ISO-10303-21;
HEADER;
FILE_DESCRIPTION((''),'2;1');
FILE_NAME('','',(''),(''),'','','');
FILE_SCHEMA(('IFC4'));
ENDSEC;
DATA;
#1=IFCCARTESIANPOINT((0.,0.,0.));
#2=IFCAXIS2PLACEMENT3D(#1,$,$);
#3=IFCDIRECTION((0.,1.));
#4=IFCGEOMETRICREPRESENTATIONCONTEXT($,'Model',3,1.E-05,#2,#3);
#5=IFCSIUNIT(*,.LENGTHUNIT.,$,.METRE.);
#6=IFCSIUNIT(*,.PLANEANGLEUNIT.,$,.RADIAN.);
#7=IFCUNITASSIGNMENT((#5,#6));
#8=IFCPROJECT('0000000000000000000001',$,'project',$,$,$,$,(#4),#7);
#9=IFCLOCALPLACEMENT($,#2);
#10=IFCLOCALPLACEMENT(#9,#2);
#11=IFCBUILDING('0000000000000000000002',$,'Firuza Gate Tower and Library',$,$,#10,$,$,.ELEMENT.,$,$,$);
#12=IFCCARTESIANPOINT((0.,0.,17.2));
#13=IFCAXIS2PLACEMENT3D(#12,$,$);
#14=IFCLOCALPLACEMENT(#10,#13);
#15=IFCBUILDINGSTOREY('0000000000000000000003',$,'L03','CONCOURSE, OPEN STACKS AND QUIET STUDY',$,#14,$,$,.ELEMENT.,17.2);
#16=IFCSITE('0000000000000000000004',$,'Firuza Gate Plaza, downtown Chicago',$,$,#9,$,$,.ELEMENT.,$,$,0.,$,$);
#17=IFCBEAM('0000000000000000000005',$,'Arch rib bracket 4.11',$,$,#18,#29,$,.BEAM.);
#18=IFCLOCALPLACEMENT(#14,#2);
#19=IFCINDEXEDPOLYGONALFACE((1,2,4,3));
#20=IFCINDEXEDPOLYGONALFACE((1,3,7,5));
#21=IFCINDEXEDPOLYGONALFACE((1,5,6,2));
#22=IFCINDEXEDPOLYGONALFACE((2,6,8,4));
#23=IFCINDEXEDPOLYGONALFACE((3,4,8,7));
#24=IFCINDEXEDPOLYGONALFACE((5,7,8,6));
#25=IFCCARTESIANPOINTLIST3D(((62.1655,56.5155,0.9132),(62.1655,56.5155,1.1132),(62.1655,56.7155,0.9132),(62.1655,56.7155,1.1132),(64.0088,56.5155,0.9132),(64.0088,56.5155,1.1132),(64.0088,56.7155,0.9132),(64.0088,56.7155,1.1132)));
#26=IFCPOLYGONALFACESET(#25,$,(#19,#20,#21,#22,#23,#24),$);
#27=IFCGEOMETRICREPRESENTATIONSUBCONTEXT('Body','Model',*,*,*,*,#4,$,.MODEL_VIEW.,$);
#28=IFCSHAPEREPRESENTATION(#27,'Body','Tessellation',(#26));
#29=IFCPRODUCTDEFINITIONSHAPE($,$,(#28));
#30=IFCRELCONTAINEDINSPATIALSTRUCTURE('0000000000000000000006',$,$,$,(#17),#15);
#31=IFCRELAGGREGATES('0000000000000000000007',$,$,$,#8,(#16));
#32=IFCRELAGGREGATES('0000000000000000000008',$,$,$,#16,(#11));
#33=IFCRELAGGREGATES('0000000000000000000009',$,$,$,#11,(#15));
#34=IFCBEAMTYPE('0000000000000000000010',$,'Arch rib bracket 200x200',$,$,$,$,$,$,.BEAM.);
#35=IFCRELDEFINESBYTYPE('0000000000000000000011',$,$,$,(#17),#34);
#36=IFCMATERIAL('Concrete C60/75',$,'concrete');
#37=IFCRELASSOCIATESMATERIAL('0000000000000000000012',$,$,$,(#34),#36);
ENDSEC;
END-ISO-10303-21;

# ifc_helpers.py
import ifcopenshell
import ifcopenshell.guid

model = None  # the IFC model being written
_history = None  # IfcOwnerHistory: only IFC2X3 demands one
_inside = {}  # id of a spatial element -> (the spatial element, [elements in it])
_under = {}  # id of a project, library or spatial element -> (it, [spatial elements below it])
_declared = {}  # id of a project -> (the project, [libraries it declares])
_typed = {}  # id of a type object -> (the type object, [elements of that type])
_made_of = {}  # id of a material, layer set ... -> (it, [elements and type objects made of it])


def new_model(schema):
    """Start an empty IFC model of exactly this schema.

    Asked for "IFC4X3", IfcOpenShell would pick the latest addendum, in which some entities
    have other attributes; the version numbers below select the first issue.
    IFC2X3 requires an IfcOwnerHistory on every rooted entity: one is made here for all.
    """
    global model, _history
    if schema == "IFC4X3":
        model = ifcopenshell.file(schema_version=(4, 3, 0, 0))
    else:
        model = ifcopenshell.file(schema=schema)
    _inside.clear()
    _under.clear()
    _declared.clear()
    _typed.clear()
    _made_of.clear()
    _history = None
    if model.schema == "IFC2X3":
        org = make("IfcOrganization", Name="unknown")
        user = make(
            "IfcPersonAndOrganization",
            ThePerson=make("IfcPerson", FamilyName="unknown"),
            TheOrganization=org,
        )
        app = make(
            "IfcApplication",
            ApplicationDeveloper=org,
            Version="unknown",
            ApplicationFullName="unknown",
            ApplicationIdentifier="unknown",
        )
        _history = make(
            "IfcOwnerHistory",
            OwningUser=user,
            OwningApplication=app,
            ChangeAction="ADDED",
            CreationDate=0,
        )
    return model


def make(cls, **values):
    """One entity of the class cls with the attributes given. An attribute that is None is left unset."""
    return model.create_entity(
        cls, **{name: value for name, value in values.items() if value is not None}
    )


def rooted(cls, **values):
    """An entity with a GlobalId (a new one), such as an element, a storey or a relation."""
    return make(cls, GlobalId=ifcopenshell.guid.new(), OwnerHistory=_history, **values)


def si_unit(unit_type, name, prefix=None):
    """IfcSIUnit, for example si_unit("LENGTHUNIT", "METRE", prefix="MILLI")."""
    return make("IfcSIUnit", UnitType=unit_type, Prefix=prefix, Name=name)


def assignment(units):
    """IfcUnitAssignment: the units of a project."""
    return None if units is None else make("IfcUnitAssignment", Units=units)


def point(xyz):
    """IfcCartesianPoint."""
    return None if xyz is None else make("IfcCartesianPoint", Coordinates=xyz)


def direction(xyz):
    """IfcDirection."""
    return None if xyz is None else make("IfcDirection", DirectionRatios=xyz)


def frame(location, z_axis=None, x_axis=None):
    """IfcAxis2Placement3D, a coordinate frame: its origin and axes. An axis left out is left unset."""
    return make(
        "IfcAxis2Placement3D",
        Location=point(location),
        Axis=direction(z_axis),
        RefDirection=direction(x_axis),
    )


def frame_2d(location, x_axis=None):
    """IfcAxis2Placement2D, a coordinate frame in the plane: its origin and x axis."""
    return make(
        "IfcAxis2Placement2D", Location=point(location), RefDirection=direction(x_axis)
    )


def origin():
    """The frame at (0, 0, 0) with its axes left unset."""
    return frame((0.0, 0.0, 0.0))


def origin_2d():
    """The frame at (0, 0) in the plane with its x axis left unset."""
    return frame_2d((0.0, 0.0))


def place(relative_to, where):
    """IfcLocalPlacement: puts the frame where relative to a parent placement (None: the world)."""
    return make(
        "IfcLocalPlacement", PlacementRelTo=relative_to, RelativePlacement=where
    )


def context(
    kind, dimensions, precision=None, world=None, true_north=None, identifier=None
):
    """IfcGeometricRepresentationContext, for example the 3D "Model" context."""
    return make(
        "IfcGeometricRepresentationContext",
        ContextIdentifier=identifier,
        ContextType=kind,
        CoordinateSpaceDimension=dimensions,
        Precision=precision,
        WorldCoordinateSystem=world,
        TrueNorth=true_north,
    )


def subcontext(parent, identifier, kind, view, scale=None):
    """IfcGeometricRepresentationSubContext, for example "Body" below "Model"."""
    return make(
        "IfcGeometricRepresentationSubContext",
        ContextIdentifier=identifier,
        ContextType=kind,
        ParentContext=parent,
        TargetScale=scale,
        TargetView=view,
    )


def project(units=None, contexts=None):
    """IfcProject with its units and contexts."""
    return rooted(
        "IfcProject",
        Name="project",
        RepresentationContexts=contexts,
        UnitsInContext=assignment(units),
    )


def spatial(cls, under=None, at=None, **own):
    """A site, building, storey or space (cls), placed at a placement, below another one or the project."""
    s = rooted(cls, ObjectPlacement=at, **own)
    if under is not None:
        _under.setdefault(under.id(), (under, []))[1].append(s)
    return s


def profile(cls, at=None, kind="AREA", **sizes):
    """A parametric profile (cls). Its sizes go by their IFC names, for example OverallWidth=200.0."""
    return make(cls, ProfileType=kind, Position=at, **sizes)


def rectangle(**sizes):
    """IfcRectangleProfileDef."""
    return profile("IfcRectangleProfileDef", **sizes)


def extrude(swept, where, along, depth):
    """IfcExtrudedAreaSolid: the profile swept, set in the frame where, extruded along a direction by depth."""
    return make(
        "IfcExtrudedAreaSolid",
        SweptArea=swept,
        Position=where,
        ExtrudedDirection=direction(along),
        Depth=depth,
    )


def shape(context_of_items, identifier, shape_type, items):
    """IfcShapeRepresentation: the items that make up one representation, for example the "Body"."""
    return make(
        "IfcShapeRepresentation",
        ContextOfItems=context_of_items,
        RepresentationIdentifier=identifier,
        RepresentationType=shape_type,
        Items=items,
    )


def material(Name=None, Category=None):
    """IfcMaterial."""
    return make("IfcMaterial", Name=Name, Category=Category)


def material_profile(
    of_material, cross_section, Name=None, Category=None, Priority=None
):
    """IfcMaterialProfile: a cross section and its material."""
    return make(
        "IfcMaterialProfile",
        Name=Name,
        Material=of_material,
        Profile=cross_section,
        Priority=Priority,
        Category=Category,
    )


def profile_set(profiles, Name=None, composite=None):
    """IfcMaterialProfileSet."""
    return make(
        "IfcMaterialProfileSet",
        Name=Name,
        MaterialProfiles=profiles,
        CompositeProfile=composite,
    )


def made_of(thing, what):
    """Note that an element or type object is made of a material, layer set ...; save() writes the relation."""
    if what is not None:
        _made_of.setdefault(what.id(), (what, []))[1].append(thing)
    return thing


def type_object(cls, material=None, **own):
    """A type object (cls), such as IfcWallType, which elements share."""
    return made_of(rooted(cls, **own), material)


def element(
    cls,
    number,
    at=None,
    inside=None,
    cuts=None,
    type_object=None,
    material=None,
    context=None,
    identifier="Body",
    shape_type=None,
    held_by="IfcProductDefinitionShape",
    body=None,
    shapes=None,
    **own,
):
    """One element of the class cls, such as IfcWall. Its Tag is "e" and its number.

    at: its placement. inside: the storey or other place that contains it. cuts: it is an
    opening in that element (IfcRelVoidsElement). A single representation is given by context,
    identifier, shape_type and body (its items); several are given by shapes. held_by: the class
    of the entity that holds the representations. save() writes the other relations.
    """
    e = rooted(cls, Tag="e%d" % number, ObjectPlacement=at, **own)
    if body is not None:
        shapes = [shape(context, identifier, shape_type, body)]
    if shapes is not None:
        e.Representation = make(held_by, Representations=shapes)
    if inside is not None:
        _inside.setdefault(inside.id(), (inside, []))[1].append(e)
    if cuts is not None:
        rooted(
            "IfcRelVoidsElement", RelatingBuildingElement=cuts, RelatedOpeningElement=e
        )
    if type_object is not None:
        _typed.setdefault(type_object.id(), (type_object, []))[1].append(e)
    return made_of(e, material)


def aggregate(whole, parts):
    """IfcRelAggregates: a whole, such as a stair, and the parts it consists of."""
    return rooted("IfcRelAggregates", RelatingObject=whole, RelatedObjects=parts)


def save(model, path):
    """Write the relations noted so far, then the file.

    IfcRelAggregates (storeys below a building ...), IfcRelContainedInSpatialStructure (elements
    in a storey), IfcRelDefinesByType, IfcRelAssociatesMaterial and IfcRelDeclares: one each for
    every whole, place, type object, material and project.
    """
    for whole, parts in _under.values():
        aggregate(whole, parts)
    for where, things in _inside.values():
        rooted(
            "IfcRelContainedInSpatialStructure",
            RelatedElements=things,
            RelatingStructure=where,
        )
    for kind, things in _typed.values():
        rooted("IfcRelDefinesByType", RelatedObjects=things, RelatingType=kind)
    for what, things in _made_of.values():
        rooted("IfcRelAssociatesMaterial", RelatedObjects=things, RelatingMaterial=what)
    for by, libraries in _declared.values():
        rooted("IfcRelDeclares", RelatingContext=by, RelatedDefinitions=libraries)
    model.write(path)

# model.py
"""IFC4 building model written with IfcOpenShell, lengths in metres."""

from ifc_helpers import new_model, si_unit, direction, frame, origin, origin_2d, place, context, subcontext, project, spatial, rectangle, extrude, material, material_profile, profile_set, type_object, element, save


model = new_model("IFC4")

# Units and contexts
model_context = context("Model", 3, precision=1e-05, world=origin(), true_north=direction((0.0, 1.0)))
body_context = subcontext(model_context, "Body", "Model", "MODEL_VIEW")
ifc_project = project(units=[si_unit("LENGTHUNIT", "METRE"), si_unit("PLANEANGLEUNIT", "RADIAN")], contexts=[model_context])

# Site, building, storey
site_placement = place(None, origin())
site = spatial("IfcSite", under=ifc_project, at=site_placement, Name="Firuza Gate Plaza, downtown Chicago", CompositionType="ELEMENT", RefElevation=0.0)
building_placement = place(site_placement, origin())
building = spatial("IfcBuilding", under=site, at=building_placement, Name="Firuza Gate Tower and Library", CompositionType="ELEMENT")
storey_placement = place(building_placement, frame((0.0, 0.0, 17.2)))
storey = spatial("IfcBuildingStorey", under=building, at=storey_placement, Name="L03", Description="CONCOURSE, OPEN STACKS AND QUIET STUDY", CompositionType="ELEMENT", Elevation=17.2)

# Beam
ifc_material_1 = material(Name="Concrete C60/75", Category="concrete")
ifc_material_profile_1 = material_profile(ifc_material_1, rectangle(XDim=0.2, YDim=0.2, at=origin_2d()))
ifc_profile_set_1 = profile_set([ifc_material_profile_1], Name="Concrete C60/75")
beam_type = type_object("IfcBeamType", Name="Arch rib bracket 200x200", PredefinedType="BEAM", material=ifc_profile_set_1)
beam_1_placement = place(storey_placement, frame((62.1655, 56.6155, 1.0132), z_axis=(1.0, 0.0, 0.0), x_axis=(0.0, 1.0, 0.0)))
element("IfcBeam", 1, at=beam_1_placement, inside=storey, type_object=beam_type, Name="Arch rib bracket 4.11", PredefinedType="BEAM", context=body_context, shape_type="SweptSolid", body=[
    extrude(rectangle(XDim=0.2, YDim=0.2, at=origin_2d()), origin(), (0.0, 0.0, 1.0), 1.8433),
])

save(model, "model.ifc")
